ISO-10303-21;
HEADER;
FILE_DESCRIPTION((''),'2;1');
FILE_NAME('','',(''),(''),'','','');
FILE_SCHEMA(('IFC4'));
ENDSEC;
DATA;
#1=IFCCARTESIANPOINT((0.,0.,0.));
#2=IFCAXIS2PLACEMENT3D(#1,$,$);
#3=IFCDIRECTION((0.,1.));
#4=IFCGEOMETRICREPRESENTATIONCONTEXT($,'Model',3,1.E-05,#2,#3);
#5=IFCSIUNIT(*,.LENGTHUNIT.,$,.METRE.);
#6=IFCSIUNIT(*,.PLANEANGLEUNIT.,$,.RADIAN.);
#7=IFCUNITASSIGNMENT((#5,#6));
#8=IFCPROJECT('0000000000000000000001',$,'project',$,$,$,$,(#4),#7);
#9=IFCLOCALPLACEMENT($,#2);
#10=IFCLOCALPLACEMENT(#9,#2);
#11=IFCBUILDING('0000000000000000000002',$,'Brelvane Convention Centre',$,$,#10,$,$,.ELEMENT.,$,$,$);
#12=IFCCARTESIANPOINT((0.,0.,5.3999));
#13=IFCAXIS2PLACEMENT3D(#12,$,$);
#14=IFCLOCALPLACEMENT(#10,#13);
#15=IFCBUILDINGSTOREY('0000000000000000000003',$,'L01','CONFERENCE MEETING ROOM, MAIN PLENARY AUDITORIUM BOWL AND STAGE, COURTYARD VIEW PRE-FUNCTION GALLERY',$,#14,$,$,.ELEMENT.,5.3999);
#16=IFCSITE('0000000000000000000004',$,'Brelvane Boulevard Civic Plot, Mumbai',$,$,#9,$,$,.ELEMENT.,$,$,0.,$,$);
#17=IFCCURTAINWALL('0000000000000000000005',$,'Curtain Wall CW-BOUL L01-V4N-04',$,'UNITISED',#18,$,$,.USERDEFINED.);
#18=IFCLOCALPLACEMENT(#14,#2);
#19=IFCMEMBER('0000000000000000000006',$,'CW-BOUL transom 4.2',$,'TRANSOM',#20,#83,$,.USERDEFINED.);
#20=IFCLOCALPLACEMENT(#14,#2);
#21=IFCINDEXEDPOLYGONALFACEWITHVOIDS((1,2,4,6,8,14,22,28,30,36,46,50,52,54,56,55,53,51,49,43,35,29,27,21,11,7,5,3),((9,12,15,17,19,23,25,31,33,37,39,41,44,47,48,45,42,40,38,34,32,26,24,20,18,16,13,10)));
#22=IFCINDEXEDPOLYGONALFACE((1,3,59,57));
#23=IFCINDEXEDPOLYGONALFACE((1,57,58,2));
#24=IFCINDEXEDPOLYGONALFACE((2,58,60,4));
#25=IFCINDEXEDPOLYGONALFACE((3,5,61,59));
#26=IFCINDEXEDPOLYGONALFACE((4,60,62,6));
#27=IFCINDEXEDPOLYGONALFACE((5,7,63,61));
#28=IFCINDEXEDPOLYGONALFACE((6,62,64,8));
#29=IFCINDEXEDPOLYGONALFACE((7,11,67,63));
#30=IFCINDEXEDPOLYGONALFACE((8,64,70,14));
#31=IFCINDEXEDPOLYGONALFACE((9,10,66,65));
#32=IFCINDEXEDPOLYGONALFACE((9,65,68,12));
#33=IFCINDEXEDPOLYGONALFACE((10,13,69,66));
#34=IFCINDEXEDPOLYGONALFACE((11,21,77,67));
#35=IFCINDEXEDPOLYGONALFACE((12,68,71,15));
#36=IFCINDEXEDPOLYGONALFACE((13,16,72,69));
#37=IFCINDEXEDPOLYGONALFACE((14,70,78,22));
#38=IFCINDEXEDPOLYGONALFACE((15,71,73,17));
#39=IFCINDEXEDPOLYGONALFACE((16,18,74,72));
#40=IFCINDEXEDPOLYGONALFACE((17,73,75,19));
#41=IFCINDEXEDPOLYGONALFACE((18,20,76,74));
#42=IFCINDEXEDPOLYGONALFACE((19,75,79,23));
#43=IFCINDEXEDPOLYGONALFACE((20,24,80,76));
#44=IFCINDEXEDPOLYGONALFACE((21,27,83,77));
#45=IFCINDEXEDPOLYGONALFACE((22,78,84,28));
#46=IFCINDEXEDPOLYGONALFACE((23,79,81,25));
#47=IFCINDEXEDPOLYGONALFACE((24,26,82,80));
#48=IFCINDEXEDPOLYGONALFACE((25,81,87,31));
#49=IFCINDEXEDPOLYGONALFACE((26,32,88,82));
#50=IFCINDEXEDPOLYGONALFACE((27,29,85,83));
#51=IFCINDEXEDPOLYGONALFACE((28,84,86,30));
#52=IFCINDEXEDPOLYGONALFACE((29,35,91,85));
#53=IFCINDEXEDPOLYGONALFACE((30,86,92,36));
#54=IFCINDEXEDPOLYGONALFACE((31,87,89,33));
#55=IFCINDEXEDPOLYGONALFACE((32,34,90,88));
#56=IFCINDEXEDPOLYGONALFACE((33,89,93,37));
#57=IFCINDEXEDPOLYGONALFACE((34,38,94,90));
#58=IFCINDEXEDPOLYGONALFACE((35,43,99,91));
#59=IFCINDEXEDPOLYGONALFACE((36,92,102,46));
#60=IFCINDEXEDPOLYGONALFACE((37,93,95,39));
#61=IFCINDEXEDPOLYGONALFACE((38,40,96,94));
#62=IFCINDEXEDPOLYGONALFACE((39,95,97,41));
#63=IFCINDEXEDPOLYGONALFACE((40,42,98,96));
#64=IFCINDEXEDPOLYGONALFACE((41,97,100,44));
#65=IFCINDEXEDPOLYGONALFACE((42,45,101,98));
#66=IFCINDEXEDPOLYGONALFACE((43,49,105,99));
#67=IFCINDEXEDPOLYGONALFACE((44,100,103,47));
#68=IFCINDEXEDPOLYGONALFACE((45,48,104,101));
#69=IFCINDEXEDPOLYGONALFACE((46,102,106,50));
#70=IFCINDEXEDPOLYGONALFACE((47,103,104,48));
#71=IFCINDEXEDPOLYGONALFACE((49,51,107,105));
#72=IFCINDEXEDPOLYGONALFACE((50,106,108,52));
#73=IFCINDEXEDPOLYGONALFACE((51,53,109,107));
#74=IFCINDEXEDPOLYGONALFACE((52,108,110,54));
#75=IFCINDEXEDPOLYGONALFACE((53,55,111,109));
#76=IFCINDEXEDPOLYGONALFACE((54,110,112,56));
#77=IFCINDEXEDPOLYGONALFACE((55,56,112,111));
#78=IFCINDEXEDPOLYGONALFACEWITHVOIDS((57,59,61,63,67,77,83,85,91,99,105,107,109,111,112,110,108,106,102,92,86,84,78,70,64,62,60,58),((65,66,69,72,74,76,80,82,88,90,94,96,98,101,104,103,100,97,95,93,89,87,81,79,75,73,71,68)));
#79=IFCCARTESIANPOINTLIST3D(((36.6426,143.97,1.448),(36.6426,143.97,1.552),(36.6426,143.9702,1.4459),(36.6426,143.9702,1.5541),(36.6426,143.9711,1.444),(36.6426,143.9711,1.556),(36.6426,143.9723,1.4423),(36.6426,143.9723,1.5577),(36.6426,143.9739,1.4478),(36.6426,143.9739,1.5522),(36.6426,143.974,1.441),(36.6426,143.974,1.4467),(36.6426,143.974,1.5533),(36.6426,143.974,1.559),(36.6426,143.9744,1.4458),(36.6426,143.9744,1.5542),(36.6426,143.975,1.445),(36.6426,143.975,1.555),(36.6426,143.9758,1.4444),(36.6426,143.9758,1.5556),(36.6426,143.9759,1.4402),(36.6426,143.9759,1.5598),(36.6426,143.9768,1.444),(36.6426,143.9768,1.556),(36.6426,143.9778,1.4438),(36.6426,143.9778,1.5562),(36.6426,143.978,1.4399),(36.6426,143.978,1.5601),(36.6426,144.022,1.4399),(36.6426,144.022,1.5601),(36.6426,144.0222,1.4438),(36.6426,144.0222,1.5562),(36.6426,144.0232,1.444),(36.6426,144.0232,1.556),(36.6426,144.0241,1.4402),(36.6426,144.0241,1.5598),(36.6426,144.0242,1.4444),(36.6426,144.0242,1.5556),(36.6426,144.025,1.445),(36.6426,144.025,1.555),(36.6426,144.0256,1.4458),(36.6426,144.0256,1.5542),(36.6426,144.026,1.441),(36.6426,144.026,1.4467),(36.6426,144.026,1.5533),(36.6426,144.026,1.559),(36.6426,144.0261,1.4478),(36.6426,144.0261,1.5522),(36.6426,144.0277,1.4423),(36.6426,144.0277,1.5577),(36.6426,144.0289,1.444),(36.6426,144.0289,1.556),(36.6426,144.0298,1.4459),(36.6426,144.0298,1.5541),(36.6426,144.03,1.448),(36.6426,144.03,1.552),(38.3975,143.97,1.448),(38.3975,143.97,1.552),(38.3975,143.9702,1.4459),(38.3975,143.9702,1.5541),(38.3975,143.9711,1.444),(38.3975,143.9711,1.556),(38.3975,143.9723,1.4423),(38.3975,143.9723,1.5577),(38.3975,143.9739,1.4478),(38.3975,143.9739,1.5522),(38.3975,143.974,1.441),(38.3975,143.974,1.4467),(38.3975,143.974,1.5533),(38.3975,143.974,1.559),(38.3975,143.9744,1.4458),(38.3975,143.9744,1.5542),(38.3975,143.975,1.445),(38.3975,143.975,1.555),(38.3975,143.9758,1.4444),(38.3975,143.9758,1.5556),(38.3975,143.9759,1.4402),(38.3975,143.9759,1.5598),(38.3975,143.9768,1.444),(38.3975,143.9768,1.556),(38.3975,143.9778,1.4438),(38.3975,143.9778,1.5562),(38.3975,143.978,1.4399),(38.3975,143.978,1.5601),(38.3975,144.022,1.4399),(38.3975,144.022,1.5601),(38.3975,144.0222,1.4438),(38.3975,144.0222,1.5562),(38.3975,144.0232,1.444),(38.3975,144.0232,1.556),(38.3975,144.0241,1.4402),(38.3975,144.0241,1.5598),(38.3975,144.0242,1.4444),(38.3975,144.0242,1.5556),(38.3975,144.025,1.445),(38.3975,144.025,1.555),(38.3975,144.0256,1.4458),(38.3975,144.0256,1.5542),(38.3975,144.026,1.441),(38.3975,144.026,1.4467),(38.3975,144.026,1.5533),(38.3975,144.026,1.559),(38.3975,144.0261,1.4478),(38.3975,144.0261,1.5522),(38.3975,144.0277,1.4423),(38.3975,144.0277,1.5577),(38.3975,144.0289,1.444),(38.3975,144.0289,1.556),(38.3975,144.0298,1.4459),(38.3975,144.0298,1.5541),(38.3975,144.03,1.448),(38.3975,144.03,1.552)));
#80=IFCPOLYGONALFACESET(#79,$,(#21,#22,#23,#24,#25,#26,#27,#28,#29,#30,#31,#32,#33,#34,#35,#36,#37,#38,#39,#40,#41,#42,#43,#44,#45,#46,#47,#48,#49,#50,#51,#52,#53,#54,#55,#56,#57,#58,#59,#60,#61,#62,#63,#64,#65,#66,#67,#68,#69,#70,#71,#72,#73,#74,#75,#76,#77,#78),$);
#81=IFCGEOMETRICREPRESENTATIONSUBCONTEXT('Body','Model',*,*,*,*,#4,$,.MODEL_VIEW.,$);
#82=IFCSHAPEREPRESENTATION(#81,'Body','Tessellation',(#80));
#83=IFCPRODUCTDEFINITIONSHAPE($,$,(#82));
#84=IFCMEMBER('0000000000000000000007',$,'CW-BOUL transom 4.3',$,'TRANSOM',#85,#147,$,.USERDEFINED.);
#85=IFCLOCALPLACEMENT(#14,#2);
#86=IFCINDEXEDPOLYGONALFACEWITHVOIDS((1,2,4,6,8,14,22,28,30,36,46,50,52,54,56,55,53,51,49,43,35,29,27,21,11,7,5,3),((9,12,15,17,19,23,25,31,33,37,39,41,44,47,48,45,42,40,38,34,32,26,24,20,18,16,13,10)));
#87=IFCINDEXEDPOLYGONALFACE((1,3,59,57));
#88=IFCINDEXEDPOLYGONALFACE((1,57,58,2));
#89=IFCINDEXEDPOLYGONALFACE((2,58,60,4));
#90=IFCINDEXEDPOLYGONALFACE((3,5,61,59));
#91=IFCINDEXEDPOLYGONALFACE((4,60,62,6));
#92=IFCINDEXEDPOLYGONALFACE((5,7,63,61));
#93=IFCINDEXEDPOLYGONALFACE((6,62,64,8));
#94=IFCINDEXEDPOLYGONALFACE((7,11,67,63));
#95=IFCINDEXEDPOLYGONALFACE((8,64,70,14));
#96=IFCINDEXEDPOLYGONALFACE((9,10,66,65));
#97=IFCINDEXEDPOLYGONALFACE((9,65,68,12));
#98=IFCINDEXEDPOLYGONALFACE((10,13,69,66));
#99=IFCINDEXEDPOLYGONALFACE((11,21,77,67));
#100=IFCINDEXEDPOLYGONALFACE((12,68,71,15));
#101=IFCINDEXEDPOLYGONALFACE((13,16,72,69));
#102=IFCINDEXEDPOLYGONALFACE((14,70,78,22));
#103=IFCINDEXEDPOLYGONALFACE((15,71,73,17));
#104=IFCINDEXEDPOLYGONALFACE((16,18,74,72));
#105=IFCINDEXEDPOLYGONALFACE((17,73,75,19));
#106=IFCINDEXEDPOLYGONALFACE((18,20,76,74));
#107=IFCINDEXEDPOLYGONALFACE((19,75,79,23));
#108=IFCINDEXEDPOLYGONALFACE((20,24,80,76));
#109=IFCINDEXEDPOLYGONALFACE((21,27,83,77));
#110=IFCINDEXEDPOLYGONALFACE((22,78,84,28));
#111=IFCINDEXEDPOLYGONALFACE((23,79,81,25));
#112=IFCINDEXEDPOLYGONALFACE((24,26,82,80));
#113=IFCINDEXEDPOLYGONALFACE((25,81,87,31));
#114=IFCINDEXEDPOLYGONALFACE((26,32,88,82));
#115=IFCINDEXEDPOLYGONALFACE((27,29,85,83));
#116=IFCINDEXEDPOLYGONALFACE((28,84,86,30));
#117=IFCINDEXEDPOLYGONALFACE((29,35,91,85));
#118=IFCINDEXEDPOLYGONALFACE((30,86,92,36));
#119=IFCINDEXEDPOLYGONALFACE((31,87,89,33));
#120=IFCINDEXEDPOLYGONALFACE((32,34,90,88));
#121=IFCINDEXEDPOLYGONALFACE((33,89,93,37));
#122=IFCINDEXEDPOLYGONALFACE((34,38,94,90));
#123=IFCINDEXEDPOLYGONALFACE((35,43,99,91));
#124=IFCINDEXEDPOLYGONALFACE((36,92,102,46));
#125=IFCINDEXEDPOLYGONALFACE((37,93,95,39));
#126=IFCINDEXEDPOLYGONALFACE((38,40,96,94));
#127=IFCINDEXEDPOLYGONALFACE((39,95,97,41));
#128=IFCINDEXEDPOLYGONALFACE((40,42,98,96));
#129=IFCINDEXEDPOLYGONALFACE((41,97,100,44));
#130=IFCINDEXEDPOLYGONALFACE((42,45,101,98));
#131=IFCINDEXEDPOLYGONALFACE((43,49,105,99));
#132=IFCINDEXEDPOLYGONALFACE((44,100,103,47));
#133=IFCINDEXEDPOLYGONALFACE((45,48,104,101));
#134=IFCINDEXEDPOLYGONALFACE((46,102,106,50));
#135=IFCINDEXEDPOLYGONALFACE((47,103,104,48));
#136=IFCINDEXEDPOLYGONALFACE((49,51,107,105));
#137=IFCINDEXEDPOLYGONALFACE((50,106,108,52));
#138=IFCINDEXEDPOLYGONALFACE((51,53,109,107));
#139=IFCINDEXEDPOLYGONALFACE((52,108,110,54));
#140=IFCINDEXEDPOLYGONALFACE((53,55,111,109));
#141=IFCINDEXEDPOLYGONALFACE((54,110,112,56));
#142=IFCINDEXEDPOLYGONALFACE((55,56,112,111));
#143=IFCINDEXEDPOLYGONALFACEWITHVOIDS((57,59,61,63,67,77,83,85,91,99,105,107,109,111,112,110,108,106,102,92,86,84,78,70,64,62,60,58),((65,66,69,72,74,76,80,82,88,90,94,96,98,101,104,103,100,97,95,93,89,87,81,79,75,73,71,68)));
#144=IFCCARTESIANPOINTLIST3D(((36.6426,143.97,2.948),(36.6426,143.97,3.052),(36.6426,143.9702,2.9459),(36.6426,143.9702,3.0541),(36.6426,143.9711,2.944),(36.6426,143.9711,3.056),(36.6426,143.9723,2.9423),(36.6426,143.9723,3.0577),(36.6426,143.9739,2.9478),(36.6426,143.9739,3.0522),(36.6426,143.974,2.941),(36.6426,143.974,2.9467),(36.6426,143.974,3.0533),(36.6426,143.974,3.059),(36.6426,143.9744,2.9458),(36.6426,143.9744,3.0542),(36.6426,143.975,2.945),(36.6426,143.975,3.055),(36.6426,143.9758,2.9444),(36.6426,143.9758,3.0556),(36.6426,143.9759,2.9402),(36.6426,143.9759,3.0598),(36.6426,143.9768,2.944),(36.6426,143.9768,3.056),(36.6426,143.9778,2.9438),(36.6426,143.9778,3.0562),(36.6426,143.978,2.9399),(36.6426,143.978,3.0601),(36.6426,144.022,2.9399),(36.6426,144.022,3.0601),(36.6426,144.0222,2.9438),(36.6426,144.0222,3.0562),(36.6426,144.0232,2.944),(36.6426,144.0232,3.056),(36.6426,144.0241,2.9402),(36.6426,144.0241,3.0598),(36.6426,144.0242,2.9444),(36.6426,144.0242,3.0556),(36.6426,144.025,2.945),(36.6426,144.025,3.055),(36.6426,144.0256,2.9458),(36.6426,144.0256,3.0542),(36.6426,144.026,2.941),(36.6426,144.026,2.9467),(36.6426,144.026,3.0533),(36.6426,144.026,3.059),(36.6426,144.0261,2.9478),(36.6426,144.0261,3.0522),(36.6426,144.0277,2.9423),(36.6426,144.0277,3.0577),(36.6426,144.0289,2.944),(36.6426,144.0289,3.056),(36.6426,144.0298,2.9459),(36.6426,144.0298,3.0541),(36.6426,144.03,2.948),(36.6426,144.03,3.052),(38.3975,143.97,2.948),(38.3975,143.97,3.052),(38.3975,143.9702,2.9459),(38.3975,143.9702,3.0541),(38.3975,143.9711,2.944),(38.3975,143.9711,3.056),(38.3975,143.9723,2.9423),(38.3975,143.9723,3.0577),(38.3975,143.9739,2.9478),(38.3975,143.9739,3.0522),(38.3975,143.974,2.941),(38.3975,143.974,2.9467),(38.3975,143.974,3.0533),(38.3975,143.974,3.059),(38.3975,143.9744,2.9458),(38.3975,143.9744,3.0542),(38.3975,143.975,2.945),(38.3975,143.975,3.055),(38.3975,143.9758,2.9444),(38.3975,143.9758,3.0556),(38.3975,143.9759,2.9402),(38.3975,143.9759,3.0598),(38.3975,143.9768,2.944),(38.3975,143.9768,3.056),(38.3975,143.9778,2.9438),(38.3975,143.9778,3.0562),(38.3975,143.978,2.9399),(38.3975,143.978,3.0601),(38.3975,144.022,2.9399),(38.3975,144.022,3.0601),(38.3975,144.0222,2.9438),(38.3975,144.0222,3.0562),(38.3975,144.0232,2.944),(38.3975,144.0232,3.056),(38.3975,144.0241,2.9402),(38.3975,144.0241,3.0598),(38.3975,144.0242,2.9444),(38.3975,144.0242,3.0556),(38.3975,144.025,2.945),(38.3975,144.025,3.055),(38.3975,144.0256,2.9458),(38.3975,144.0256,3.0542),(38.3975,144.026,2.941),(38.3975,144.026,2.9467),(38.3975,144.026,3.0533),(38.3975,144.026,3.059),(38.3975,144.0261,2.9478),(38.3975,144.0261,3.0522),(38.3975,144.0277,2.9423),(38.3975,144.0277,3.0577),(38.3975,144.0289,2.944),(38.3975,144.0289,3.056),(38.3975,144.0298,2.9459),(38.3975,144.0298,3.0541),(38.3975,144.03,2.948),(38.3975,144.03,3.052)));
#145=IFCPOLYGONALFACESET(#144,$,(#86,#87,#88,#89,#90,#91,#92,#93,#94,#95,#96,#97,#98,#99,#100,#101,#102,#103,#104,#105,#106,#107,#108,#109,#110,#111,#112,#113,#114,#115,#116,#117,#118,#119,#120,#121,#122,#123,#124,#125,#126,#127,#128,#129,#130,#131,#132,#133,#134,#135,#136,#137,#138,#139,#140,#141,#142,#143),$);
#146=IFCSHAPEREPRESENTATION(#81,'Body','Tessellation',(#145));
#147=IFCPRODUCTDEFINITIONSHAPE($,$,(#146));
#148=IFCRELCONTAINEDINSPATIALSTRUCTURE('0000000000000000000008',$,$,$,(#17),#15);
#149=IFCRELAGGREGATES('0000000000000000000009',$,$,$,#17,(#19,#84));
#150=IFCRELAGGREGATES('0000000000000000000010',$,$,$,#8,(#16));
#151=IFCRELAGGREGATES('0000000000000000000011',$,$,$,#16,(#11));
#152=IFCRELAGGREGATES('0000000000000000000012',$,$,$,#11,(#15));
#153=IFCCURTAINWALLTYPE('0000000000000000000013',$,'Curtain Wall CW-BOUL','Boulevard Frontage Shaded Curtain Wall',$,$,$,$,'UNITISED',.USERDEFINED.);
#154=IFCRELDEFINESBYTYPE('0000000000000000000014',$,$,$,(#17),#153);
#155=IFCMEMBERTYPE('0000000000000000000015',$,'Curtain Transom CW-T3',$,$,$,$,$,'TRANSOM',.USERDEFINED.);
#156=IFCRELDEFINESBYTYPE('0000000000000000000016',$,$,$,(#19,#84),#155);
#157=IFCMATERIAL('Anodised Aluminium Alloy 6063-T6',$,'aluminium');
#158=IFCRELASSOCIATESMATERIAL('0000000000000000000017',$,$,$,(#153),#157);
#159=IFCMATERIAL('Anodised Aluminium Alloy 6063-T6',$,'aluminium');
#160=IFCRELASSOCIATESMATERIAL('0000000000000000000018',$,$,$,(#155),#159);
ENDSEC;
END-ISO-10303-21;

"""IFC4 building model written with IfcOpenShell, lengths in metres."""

from ifc_helpers import new_model, si_unit, direction, frame, origin, origin_2d, place, context, subcontext, project, spatial, hollow_rectangle, extrude, material, material_profile, profile_set, type_object, element, aggregate, save


model = new_model("IFC4")

# Units and contexts
model_context = context("Model", 3, precision=1e-05, world=origin(), true_north=direction((0.0, 1.0)))
body_context = subcontext(model_context, "Body", "Model", "MODEL_VIEW")
ifc_project = project(units=[si_unit("LENGTHUNIT", "METRE"), si_unit("PLANEANGLEUNIT", "RADIAN")], contexts=[model_context])

# Site, building, storey
site_placement = place(None, origin())
site = spatial("IfcSite", under=ifc_project, at=site_placement, Name="Brelvane Boulevard Civic Plot, Mumbai", CompositionType="ELEMENT", RefElevation=0.0)
building_placement = place(site_placement, origin())
building = spatial("IfcBuilding", under=site, at=building_placement, Name="Brelvane Convention Centre", CompositionType="ELEMENT")
storey_placement = place(building_placement, frame((0.0, 0.0, 5.3999)))
storey = spatial("IfcBuildingStorey", under=building, at=storey_placement, Name="L01", Description="CONFERENCE MEETING ROOM, MAIN PLENARY AUDITORIUM BOWL AND STAGE, COURTYARD VIEW PRE-FUNCTION GALLERY", CompositionType="ELEMENT", Elevation=5.3999)

# Curtain wall, members
ifc_material_1 = material(Name="Anodised Aluminium Alloy 6063-T6", Category="aluminium")
curtain_wall_type = type_object("IfcCurtainWallType", Name="Curtain Wall CW-BOUL", Description="Boulevard Frontage Shaded Curtain Wall", ElementType="UNITISED", PredefinedType="USERDEFINED", material=ifc_material_1)
curtain_wall_placement = place(storey_placement, origin())
curtain_wall = element("IfcCurtainWall", 1, at=curtain_wall_placement, inside=storey, type_object=curtain_wall_type, Name="Curtain Wall CW-BOUL L01-V4N-04", ObjectType="UNITISED", PredefinedType="USERDEFINED")
ifc_material_2 = material(Name="Anodised Aluminium Alloy 6063-T6", Category="aluminium")
ifc_material_profile_1 = material_profile(ifc_material_2, hollow_rectangle(XDim=0.0601, YDim=0.1201, WallThickness=0.0039, InnerFilletRadius=0.0039, OuterFilletRadius=0.0081, at=origin_2d()), Name="ALU-T 120x60x4.0")
ifc_profile_set_1 = profile_set([ifc_material_profile_1], Name="Anodised Aluminium Alloy 6063-T6")
member_type_1 = type_object("IfcMemberType", Name="Curtain Transom CW-T3", ElementType="TRANSOM", PredefinedType="USERDEFINED", material=ifc_profile_set_1)
member_1_placement = place(storey_placement, frame((36.6426, 144.0, 1.5), z_axis=(1.0, 0.0, 0.0), x_axis=(0.0, 1.0, 0.0)))
member_1 = element("IfcMember", 2, at=member_1_placement, type_object=member_type_1, Name="CW-BOUL transom 4.2", ObjectType="TRANSOM", PredefinedType="USERDEFINED", context=body_context, shape_type="SweptSolid", body=[
    extrude(hollow_rectangle(XDim=0.0601, YDim=0.1201, WallThickness=0.0039, InnerFilletRadius=0.0039, OuterFilletRadius=0.0081, at=origin_2d()), origin(), (0.0, 0.0, 1.0), 1.7549),
])
member_2_placement = place(storey_placement, frame((36.6426, 144.0, 3.0), z_axis=(1.0, 0.0, 0.0), x_axis=(0.0, 1.0, 0.0)))
member_2 = element("IfcMember", 3, at=member_2_placement, type_object=member_type_1, Name="CW-BOUL transom 4.3", ObjectType="TRANSOM", PredefinedType="USERDEFINED", context=body_context, shape_type="SweptSolid", body=[
    extrude(hollow_rectangle(XDim=0.0601, YDim=0.1201, WallThickness=0.0039, InnerFilletRadius=0.0039, OuterFilletRadius=0.0081, at=origin_2d()), origin(), (0.0, 0.0, 1.0), 1.7549),
])

aggregate(curtain_wall, [member_1, member_2])

save(model, "model.ifc")
